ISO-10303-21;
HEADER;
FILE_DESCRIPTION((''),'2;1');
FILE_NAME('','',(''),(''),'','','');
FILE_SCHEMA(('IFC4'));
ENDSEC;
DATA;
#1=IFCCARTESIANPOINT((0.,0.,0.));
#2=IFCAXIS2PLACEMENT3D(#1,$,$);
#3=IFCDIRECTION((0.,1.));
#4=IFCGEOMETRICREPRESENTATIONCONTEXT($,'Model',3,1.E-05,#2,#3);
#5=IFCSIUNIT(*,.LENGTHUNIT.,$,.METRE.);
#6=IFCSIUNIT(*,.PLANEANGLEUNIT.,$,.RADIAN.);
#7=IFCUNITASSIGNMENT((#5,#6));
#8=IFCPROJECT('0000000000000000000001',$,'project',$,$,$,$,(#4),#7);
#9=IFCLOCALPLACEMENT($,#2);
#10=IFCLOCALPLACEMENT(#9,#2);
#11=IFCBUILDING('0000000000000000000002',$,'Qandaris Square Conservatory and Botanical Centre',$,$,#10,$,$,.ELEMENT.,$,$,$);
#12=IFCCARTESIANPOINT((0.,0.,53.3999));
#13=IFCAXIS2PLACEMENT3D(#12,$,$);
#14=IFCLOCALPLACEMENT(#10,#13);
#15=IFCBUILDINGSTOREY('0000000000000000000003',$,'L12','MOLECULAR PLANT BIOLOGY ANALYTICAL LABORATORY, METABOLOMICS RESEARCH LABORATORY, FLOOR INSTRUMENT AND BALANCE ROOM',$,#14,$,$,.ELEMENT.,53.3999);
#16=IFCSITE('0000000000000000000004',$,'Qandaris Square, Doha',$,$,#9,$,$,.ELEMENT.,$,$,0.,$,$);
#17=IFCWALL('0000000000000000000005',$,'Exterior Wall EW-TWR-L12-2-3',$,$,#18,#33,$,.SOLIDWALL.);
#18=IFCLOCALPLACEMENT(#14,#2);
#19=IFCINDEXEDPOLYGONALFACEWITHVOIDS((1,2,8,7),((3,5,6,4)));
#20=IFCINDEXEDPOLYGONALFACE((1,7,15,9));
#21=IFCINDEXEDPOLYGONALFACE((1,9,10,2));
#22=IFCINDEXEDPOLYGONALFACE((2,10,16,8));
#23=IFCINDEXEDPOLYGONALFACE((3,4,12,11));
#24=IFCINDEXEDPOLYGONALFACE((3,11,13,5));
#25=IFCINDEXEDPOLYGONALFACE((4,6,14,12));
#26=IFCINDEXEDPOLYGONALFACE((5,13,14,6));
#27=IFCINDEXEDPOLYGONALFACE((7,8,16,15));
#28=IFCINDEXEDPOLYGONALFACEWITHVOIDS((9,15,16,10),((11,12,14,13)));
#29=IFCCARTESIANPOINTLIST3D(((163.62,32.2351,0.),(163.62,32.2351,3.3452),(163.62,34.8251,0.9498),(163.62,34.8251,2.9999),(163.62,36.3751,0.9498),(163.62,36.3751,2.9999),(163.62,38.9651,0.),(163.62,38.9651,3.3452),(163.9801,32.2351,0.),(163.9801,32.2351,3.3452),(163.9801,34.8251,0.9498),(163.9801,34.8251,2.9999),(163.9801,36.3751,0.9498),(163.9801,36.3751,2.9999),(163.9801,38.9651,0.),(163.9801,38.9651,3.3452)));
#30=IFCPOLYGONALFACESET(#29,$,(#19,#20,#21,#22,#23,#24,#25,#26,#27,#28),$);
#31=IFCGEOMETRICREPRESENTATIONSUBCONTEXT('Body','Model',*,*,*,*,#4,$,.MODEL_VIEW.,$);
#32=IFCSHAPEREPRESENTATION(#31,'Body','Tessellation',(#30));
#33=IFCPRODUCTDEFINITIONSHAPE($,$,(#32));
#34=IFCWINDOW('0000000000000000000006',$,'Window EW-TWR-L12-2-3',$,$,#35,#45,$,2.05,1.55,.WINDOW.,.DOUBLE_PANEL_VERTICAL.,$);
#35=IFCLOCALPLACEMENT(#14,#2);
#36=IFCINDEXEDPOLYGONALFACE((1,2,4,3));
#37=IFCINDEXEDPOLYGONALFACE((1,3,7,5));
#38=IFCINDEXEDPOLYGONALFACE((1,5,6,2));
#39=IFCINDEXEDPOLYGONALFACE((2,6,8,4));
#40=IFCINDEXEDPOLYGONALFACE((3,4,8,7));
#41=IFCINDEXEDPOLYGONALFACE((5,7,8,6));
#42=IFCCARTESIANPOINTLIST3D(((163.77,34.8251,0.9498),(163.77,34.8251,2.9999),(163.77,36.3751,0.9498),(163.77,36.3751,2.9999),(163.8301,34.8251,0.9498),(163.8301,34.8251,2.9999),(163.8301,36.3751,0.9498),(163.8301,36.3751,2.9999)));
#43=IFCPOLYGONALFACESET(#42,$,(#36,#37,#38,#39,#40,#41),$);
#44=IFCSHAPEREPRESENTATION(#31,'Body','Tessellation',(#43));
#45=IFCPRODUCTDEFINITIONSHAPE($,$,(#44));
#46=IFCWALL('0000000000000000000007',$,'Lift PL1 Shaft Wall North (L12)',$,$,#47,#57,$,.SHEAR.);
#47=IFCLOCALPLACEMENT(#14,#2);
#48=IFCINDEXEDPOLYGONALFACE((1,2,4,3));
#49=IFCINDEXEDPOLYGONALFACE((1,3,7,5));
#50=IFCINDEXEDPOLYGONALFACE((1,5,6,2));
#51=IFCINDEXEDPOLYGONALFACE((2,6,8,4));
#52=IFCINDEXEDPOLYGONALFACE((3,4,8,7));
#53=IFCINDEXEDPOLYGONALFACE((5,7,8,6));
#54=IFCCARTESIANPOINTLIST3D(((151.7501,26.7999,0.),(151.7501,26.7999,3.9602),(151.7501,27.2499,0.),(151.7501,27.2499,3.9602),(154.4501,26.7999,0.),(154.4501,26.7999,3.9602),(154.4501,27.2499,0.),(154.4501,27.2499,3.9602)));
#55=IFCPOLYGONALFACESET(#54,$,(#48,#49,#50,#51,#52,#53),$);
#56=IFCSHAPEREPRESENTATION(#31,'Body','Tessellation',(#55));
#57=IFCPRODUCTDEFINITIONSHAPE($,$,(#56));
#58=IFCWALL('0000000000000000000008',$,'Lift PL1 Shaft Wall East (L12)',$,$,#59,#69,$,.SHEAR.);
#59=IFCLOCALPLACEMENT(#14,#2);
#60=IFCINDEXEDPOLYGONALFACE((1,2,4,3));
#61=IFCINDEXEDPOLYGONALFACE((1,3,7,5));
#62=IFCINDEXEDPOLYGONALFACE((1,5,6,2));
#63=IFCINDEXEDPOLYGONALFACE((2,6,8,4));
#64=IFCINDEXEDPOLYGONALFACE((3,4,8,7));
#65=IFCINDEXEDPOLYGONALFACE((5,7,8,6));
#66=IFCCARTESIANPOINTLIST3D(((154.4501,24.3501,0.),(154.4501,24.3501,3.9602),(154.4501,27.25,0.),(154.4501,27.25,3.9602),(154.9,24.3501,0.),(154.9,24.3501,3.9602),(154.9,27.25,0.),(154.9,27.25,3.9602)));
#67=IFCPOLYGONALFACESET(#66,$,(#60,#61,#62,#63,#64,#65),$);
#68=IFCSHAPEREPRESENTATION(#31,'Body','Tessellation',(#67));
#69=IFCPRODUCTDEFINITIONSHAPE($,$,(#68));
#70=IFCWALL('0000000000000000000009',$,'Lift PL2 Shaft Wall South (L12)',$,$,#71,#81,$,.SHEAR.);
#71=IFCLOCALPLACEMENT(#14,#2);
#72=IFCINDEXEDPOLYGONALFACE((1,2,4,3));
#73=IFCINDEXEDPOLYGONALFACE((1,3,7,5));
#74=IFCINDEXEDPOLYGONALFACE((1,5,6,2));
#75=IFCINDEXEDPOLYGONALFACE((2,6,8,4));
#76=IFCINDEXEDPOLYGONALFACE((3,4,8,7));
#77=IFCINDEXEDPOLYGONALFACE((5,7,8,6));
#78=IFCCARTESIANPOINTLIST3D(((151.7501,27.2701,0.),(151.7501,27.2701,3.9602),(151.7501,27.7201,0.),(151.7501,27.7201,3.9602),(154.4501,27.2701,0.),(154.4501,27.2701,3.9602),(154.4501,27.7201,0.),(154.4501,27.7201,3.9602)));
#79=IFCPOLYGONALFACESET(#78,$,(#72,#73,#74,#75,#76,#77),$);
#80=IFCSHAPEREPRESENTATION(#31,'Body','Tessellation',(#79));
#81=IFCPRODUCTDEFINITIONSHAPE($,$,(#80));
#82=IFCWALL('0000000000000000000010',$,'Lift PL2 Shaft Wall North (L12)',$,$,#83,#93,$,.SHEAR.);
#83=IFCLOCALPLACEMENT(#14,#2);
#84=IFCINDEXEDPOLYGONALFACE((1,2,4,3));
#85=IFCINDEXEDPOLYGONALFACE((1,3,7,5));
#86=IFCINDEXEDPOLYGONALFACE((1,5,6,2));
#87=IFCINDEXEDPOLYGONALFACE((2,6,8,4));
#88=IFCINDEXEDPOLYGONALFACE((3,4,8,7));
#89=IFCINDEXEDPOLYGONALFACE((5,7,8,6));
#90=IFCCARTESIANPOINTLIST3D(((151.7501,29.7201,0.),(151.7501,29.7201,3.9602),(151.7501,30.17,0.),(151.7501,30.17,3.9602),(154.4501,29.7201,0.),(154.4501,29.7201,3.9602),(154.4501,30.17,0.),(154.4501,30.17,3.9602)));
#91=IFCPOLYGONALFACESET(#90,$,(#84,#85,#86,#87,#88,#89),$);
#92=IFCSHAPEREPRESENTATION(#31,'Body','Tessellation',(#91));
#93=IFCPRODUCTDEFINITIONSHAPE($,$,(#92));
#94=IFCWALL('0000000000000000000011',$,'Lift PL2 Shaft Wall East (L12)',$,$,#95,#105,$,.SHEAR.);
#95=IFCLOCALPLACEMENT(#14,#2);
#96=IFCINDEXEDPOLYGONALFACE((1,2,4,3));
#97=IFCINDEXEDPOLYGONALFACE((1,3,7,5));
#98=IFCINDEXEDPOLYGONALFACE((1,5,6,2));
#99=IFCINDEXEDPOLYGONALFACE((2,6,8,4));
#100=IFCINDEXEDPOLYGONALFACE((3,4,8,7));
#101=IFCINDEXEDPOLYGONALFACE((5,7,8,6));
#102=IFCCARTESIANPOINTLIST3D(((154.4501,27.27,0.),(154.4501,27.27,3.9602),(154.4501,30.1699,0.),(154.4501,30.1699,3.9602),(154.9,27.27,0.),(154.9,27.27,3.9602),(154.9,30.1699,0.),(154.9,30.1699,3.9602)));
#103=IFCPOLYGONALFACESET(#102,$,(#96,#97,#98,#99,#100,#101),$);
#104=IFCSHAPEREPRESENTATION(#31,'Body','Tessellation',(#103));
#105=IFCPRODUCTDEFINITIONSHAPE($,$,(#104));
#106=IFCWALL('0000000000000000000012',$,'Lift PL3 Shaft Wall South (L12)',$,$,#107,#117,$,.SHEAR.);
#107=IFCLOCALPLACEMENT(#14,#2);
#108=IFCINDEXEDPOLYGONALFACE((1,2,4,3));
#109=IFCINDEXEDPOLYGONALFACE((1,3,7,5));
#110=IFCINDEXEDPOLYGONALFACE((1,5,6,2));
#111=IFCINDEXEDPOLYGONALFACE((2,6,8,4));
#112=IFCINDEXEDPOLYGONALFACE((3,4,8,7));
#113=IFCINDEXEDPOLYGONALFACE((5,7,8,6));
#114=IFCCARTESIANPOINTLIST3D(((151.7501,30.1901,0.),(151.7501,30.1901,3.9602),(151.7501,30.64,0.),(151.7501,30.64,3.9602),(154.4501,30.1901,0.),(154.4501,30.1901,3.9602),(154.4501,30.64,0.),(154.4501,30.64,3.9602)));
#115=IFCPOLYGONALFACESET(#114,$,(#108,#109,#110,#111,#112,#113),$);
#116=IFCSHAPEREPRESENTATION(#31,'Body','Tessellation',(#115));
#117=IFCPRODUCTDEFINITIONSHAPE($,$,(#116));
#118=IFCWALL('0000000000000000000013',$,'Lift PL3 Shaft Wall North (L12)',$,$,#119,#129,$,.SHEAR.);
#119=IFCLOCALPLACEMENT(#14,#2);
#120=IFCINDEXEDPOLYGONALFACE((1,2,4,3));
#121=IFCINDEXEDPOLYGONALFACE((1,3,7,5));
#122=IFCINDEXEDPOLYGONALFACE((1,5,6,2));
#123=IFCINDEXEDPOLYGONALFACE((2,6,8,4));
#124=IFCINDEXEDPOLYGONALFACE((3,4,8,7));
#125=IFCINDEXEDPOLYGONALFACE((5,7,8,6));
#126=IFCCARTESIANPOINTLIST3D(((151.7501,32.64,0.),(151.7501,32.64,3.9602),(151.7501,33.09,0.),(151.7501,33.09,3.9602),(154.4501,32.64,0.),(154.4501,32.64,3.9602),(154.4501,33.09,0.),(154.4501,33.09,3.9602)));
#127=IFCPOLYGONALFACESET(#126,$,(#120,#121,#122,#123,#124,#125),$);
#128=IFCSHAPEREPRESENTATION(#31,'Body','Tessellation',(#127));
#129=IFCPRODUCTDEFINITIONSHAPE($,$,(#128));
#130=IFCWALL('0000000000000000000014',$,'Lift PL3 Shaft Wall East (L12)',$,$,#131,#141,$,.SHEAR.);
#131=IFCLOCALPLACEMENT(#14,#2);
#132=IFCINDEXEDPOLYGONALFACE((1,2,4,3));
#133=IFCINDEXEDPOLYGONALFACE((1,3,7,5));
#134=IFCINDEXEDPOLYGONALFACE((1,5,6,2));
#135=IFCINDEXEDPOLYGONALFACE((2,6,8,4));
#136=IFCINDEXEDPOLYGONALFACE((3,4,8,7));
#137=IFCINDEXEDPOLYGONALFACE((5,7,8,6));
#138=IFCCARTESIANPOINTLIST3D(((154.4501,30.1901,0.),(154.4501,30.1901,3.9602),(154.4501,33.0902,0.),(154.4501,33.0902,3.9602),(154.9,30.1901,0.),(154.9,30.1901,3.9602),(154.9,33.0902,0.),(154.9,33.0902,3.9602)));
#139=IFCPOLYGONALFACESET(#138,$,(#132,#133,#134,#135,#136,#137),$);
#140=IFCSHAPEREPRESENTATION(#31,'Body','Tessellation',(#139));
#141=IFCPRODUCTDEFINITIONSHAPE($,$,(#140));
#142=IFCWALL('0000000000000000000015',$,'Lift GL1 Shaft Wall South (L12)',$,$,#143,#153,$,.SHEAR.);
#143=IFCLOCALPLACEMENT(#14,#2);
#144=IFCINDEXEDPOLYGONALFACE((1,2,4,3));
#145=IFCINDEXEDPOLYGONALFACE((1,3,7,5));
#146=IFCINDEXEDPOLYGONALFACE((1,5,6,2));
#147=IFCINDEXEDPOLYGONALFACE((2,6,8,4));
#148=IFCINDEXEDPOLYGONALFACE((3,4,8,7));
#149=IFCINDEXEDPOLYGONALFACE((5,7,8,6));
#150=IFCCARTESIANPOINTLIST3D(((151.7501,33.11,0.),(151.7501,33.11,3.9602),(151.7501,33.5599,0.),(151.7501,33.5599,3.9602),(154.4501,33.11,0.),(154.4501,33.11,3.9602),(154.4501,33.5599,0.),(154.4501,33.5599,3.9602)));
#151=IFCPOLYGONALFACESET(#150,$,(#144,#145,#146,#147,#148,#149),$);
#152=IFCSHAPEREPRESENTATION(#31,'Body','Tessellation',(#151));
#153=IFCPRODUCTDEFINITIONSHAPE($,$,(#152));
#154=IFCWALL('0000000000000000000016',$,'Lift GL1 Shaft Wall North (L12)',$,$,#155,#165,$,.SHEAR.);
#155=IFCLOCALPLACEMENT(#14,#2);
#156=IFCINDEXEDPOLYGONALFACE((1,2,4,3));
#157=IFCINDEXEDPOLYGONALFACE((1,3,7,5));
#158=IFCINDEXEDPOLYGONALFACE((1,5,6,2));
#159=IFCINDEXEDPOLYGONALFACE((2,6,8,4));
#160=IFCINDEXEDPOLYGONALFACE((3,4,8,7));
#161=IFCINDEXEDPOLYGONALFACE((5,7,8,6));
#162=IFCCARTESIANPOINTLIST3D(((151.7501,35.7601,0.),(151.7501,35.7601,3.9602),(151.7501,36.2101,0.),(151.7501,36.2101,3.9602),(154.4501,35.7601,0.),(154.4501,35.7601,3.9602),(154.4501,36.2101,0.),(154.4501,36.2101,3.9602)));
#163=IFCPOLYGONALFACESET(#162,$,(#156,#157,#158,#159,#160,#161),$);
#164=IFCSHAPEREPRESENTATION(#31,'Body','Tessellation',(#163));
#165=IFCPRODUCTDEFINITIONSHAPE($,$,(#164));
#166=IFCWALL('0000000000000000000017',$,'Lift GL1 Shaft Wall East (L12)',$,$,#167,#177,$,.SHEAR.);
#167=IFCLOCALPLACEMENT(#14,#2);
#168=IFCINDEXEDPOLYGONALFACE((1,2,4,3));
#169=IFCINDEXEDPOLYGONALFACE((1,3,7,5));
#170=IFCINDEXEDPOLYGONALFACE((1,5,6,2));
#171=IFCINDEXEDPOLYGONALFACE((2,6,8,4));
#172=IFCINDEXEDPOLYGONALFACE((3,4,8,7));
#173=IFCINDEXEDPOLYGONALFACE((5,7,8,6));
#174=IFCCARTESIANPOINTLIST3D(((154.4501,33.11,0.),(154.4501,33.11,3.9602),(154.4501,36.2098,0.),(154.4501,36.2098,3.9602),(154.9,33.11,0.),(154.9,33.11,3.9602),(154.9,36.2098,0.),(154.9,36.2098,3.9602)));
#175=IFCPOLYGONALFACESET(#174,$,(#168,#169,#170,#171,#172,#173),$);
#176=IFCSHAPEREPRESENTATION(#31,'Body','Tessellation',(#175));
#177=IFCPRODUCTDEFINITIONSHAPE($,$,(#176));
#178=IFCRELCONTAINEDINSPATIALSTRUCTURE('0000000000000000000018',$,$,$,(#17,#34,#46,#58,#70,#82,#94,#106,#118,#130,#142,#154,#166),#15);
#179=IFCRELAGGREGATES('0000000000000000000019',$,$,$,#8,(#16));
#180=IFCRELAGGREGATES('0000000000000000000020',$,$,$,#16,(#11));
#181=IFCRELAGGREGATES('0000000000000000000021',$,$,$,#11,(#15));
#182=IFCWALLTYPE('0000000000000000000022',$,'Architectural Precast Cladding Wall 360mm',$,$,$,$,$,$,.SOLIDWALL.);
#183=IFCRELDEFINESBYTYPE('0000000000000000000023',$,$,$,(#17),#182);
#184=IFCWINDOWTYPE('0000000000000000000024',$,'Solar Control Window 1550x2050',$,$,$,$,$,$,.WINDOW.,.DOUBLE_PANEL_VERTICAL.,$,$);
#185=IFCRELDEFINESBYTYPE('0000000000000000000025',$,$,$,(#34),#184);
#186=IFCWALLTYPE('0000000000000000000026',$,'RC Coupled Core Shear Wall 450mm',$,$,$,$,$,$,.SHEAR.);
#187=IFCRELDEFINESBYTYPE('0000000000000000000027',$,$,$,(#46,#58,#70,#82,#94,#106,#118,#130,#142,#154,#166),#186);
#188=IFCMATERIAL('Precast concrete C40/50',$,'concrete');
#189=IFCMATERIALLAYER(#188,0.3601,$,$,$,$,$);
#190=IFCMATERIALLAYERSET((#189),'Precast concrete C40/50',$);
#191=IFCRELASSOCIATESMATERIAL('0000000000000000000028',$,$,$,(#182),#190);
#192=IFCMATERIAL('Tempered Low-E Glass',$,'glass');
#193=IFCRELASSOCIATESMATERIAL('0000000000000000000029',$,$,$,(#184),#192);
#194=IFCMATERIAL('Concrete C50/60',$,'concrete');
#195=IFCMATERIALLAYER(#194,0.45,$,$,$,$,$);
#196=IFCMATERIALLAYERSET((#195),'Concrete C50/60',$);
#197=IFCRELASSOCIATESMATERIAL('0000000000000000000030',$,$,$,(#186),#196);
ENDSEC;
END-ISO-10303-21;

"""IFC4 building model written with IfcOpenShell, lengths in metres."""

from ifc_helpers import new_model, si_unit, direction, frame, frame_2d, origin, place, context, subcontext, project, spatial, rectangle, extrude, material, layer, layer_set, type_object, element, fill, save


model = new_model("IFC4")

# Units and contexts
model_context = context("Model", 3, precision=1e-05, world=origin(), true_north=direction((0.0, 1.0)))
body_context = subcontext(model_context, "Body", "Model", "MODEL_VIEW")
ifc_project = project(units=[si_unit("LENGTHUNIT", "METRE"), si_unit("PLANEANGLEUNIT", "RADIAN")], contexts=[model_context])

# Site, building, storey
site_placement = place(None, origin())
site = spatial("IfcSite", under=ifc_project, at=site_placement, Name="Qandaris Square, Doha", CompositionType="ELEMENT", RefElevation=0.0)
building_placement = place(site_placement, origin())
building = spatial("IfcBuilding", under=site, at=building_placement, Name="Qandaris Square Conservatory and Botanical Centre", CompositionType="ELEMENT")
storey_placement = place(building_placement, frame((0.0, 0.0, 53.3999)))
storey = spatial("IfcBuildingStorey", under=building, at=storey_placement, Name="L12", Description="MOLECULAR PLANT BIOLOGY ANALYTICAL LABORATORY, METABOLOMICS RESEARCH LABORATORY, FLOOR INSTRUMENT AND BALANCE ROOM", CompositionType="ELEMENT", Elevation=53.3999)

# Shared definitions
ifc_material_1 = material(Name="Concrete C50/60", Category="concrete")

# Wall, opening, window
ifc_material_2 = material(Name="Precast concrete C40/50", Category="concrete")
ifc_layer_1 = layer(ifc_material_2, 0.3601)
ifc_layer_set_1 = layer_set([ifc_layer_1], Name="Precast concrete C40/50")
wall_type_1 = type_object("IfcWallType", Name="Architectural Precast Cladding Wall 360mm", PredefinedType="SOLIDWALL", material=ifc_layer_set_1)
ifc_material_3 = material(Name="Tempered Low-E Glass", Category="glass")
wall_1_placement = place(storey_placement, frame((163.8, 32.2351, 0.0), z_axis=(0.0, 0.0, 1.0), x_axis=(0.0, 1.0, 0.0)))
wall_1 = element("IfcWall", 1, at=wall_1_placement, inside=storey, type_object=wall_type_1, Name="Exterior Wall EW-TWR-L12-2-3", PredefinedType="SOLIDWALL", context=body_context, shape_type="SweptSolid", body=[
    extrude(rectangle(XDim=6.73, YDim=0.3601, at=frame_2d((3.365, 0.0))), origin(), (0.0, 0.0, 1.0), 3.3452),
])
opening_1_placement = place(wall_1_placement, frame((2.5901, 0.0, 0.95)))
opening_1 = element("IfcOpeningElement", 2, at=opening_1_placement, cuts=wall_1, PredefinedType="OPENING", context=body_context, shape_type="SweptSolid", body=[
    extrude(rectangle(XDim=1.55, YDim=2.05, at=frame_2d((0.7749, 1.0249))), frame((0.0, 0.1919, 0.0), z_axis=(0.0, -1.0, 0.0), x_axis=(1.0, 0.0, 0.0)), (0.0, 0.0, 1.0), 0.384),
])
window_type_1 = type_object("IfcWindowType", Name="Solar Control Window 1550x2050", PartitioningType="DOUBLE_PANEL_VERTICAL", PredefinedType="WINDOW", material=ifc_material_3)
window_1_placement = place(opening_1_placement, origin())
window_1 = element("IfcWindow", 3, at=window_1_placement, inside=storey, type_object=window_type_1, Name="Window EW-TWR-L12-2-3", OverallHeight=2.05, OverallWidth=1.55, PartitioningType="DOUBLE_PANEL_VERTICAL", PredefinedType="WINDOW", context=body_context, shape_type="SweptSolid", body=[
    extrude(rectangle(XDim=1.55, YDim=2.05, at=frame_2d((0.7749, 1.0249))), frame((0.0, 0.03, 0.0), z_axis=(0.0, -1.0, 0.0), x_axis=(1.0, 0.0, 0.0)), (0.0, 0.0, 1.0), 0.0601),
])
fill(opening_1, window_1)

# Walls
ifc_layer_2 = layer(ifc_material_1, 0.45)
ifc_layer_set_2 = layer_set([ifc_layer_2], Name="Concrete C50/60")
wall_type_2 = type_object("IfcWallType", Name="RC Coupled Core Shear Wall 450mm", PredefinedType="SHEAR", material=ifc_layer_set_2)
wall_2_placement = place(storey_placement, frame((151.75, 27.0249, 0.0), z_axis=(0.0, 0.0, 1.0), x_axis=(1.0, 0.0, 0.0)))
element("IfcWall", 4, at=wall_2_placement, inside=storey, type_object=wall_type_2, Name="Lift PL1 Shaft Wall North (L12)", PredefinedType="SHEAR", context=body_context, shape_type="SweptSolid", body=[
    extrude(rectangle(XDim=2.7, YDim=0.45, at=frame_2d((1.3501, 0.0))), origin(), (0.0, 0.0, 1.0), 3.9602),
])
wall_3_placement = place(storey_placement, frame((154.675, 24.3501, 0.0), z_axis=(0.0, 0.0, 1.0), x_axis=(0.0, 1.0, 0.0)))
element("IfcWall", 5, at=wall_3_placement, inside=storey, type_object=wall_type_2, Name="Lift PL1 Shaft Wall East (L12)", PredefinedType="SHEAR", context=body_context, shape_type="SweptSolid", body=[
    extrude(rectangle(XDim=2.8999, YDim=0.45, at=frame_2d((1.45, 0.0))), origin(), (0.0, 0.0, 1.0), 3.9602),
])
for number, where, z_axis, x_axis, name in (
    (6, (151.75, 27.4951, 0.0), (0.0, 0.0, 1.0), (1.0, 0.0, 0.0), "Lift PL2 Shaft Wall South (L12)"),
    (7, (151.75, 29.9451, 0.0), (0.0, 0.0, 1.0), (1.0, 0.0, 0.0), "Lift PL2 Shaft Wall North (L12)"),
):
    element("IfcWall", number, at=place(storey_placement, frame(where, z_axis=z_axis, x_axis=x_axis)), inside=storey, type_object=wall_type_2, Name=name, PredefinedType="SHEAR", context=body_context, shape_type="SweptSolid", body=[
        extrude(rectangle(XDim=2.7, YDim=0.45, at=frame_2d((1.3501, 0.0))), origin(), (0.0, 0.0, 1.0), 3.9602),
    ])
wall_4_placement = place(storey_placement, frame((154.675, 27.27, 0.0), z_axis=(0.0, 0.0, 1.0), x_axis=(0.0, 1.0, 0.0)))
element("IfcWall", 8, at=wall_4_placement, inside=storey, type_object=wall_type_2, Name="Lift PL2 Shaft Wall East (L12)", PredefinedType="SHEAR", context=body_context, shape_type="SweptSolid", body=[
    extrude(rectangle(XDim=2.8999, YDim=0.45, at=frame_2d((1.45, 0.0))), origin(), (0.0, 0.0, 1.0), 3.9602),
])
for number, where, z_axis, x_axis, name in (
    (9, (151.75, 30.415, 0.0), (0.0, 0.0, 1.0), (1.0, 0.0, 0.0), "Lift PL3 Shaft Wall South (L12)"),
    (10, (151.75, 32.865, 0.0), (0.0, 0.0, 1.0), (1.0, 0.0, 0.0), "Lift PL3 Shaft Wall North (L12)"),
):
    element("IfcWall", number, at=place(storey_placement, frame(where, z_axis=z_axis, x_axis=x_axis)), inside=storey, type_object=wall_type_2, Name=name, PredefinedType="SHEAR", context=body_context, shape_type="SweptSolid", body=[
        extrude(rectangle(XDim=2.7, YDim=0.45, at=frame_2d((1.3501, 0.0))), origin(), (0.0, 0.0, 1.0), 3.9602),
    ])
wall_5_placement = place(storey_placement, frame((154.675, 30.1899, 0.0), z_axis=(0.0, 0.0, 1.0), x_axis=(0.0, 1.0, 0.0)))
element("IfcWall", 11, at=wall_5_placement, inside=storey, type_object=wall_type_2, Name="Lift PL3 Shaft Wall East (L12)", PredefinedType="SHEAR", context=body_context, shape_type="SweptSolid", body=[
    extrude(rectangle(XDim=2.9001, YDim=0.45, at=frame_2d((1.4502, 0.0))), origin(), (0.0, 0.0, 1.0), 3.9602),
])
for number, where, z_axis, x_axis, name in (
    (12, (151.75, 33.335, 0.0), (0.0, 0.0, 1.0), (1.0, 0.0, 0.0), "Lift GL1 Shaft Wall South (L12)"),
    (13, (151.75, 35.9851, 0.0), (0.0, 0.0, 1.0), (1.0, 0.0, 0.0), "Lift GL1 Shaft Wall North (L12)"),
):
    element("IfcWall", number, at=place(storey_placement, frame(where, z_axis=z_axis, x_axis=x_axis)), inside=storey, type_object=wall_type_2, Name=name, PredefinedType="SHEAR", context=body_context, shape_type="SweptSolid", body=[
        extrude(rectangle(XDim=2.7, YDim=0.45, at=frame_2d((1.3501, 0.0))), origin(), (0.0, 0.0, 1.0), 3.9602),
    ])
wall_6_placement = place(storey_placement, frame((154.675, 33.1101, 0.0), z_axis=(0.0, 0.0, 1.0), x_axis=(0.0, 1.0, 0.0)))
element("IfcWall", 14, at=wall_6_placement, inside=storey, type_object=wall_type_2, Name="Lift GL1 Shaft Wall East (L12)", PredefinedType="SHEAR", context=body_context, shape_type="SweptSolid", body=[
    extrude(rectangle(XDim=3.0999, YDim=0.45, at=frame_2d((1.5498, 0.0))), origin(), (0.0, 0.0, 1.0), 3.9602),
])

save(model, "model.ifc")
